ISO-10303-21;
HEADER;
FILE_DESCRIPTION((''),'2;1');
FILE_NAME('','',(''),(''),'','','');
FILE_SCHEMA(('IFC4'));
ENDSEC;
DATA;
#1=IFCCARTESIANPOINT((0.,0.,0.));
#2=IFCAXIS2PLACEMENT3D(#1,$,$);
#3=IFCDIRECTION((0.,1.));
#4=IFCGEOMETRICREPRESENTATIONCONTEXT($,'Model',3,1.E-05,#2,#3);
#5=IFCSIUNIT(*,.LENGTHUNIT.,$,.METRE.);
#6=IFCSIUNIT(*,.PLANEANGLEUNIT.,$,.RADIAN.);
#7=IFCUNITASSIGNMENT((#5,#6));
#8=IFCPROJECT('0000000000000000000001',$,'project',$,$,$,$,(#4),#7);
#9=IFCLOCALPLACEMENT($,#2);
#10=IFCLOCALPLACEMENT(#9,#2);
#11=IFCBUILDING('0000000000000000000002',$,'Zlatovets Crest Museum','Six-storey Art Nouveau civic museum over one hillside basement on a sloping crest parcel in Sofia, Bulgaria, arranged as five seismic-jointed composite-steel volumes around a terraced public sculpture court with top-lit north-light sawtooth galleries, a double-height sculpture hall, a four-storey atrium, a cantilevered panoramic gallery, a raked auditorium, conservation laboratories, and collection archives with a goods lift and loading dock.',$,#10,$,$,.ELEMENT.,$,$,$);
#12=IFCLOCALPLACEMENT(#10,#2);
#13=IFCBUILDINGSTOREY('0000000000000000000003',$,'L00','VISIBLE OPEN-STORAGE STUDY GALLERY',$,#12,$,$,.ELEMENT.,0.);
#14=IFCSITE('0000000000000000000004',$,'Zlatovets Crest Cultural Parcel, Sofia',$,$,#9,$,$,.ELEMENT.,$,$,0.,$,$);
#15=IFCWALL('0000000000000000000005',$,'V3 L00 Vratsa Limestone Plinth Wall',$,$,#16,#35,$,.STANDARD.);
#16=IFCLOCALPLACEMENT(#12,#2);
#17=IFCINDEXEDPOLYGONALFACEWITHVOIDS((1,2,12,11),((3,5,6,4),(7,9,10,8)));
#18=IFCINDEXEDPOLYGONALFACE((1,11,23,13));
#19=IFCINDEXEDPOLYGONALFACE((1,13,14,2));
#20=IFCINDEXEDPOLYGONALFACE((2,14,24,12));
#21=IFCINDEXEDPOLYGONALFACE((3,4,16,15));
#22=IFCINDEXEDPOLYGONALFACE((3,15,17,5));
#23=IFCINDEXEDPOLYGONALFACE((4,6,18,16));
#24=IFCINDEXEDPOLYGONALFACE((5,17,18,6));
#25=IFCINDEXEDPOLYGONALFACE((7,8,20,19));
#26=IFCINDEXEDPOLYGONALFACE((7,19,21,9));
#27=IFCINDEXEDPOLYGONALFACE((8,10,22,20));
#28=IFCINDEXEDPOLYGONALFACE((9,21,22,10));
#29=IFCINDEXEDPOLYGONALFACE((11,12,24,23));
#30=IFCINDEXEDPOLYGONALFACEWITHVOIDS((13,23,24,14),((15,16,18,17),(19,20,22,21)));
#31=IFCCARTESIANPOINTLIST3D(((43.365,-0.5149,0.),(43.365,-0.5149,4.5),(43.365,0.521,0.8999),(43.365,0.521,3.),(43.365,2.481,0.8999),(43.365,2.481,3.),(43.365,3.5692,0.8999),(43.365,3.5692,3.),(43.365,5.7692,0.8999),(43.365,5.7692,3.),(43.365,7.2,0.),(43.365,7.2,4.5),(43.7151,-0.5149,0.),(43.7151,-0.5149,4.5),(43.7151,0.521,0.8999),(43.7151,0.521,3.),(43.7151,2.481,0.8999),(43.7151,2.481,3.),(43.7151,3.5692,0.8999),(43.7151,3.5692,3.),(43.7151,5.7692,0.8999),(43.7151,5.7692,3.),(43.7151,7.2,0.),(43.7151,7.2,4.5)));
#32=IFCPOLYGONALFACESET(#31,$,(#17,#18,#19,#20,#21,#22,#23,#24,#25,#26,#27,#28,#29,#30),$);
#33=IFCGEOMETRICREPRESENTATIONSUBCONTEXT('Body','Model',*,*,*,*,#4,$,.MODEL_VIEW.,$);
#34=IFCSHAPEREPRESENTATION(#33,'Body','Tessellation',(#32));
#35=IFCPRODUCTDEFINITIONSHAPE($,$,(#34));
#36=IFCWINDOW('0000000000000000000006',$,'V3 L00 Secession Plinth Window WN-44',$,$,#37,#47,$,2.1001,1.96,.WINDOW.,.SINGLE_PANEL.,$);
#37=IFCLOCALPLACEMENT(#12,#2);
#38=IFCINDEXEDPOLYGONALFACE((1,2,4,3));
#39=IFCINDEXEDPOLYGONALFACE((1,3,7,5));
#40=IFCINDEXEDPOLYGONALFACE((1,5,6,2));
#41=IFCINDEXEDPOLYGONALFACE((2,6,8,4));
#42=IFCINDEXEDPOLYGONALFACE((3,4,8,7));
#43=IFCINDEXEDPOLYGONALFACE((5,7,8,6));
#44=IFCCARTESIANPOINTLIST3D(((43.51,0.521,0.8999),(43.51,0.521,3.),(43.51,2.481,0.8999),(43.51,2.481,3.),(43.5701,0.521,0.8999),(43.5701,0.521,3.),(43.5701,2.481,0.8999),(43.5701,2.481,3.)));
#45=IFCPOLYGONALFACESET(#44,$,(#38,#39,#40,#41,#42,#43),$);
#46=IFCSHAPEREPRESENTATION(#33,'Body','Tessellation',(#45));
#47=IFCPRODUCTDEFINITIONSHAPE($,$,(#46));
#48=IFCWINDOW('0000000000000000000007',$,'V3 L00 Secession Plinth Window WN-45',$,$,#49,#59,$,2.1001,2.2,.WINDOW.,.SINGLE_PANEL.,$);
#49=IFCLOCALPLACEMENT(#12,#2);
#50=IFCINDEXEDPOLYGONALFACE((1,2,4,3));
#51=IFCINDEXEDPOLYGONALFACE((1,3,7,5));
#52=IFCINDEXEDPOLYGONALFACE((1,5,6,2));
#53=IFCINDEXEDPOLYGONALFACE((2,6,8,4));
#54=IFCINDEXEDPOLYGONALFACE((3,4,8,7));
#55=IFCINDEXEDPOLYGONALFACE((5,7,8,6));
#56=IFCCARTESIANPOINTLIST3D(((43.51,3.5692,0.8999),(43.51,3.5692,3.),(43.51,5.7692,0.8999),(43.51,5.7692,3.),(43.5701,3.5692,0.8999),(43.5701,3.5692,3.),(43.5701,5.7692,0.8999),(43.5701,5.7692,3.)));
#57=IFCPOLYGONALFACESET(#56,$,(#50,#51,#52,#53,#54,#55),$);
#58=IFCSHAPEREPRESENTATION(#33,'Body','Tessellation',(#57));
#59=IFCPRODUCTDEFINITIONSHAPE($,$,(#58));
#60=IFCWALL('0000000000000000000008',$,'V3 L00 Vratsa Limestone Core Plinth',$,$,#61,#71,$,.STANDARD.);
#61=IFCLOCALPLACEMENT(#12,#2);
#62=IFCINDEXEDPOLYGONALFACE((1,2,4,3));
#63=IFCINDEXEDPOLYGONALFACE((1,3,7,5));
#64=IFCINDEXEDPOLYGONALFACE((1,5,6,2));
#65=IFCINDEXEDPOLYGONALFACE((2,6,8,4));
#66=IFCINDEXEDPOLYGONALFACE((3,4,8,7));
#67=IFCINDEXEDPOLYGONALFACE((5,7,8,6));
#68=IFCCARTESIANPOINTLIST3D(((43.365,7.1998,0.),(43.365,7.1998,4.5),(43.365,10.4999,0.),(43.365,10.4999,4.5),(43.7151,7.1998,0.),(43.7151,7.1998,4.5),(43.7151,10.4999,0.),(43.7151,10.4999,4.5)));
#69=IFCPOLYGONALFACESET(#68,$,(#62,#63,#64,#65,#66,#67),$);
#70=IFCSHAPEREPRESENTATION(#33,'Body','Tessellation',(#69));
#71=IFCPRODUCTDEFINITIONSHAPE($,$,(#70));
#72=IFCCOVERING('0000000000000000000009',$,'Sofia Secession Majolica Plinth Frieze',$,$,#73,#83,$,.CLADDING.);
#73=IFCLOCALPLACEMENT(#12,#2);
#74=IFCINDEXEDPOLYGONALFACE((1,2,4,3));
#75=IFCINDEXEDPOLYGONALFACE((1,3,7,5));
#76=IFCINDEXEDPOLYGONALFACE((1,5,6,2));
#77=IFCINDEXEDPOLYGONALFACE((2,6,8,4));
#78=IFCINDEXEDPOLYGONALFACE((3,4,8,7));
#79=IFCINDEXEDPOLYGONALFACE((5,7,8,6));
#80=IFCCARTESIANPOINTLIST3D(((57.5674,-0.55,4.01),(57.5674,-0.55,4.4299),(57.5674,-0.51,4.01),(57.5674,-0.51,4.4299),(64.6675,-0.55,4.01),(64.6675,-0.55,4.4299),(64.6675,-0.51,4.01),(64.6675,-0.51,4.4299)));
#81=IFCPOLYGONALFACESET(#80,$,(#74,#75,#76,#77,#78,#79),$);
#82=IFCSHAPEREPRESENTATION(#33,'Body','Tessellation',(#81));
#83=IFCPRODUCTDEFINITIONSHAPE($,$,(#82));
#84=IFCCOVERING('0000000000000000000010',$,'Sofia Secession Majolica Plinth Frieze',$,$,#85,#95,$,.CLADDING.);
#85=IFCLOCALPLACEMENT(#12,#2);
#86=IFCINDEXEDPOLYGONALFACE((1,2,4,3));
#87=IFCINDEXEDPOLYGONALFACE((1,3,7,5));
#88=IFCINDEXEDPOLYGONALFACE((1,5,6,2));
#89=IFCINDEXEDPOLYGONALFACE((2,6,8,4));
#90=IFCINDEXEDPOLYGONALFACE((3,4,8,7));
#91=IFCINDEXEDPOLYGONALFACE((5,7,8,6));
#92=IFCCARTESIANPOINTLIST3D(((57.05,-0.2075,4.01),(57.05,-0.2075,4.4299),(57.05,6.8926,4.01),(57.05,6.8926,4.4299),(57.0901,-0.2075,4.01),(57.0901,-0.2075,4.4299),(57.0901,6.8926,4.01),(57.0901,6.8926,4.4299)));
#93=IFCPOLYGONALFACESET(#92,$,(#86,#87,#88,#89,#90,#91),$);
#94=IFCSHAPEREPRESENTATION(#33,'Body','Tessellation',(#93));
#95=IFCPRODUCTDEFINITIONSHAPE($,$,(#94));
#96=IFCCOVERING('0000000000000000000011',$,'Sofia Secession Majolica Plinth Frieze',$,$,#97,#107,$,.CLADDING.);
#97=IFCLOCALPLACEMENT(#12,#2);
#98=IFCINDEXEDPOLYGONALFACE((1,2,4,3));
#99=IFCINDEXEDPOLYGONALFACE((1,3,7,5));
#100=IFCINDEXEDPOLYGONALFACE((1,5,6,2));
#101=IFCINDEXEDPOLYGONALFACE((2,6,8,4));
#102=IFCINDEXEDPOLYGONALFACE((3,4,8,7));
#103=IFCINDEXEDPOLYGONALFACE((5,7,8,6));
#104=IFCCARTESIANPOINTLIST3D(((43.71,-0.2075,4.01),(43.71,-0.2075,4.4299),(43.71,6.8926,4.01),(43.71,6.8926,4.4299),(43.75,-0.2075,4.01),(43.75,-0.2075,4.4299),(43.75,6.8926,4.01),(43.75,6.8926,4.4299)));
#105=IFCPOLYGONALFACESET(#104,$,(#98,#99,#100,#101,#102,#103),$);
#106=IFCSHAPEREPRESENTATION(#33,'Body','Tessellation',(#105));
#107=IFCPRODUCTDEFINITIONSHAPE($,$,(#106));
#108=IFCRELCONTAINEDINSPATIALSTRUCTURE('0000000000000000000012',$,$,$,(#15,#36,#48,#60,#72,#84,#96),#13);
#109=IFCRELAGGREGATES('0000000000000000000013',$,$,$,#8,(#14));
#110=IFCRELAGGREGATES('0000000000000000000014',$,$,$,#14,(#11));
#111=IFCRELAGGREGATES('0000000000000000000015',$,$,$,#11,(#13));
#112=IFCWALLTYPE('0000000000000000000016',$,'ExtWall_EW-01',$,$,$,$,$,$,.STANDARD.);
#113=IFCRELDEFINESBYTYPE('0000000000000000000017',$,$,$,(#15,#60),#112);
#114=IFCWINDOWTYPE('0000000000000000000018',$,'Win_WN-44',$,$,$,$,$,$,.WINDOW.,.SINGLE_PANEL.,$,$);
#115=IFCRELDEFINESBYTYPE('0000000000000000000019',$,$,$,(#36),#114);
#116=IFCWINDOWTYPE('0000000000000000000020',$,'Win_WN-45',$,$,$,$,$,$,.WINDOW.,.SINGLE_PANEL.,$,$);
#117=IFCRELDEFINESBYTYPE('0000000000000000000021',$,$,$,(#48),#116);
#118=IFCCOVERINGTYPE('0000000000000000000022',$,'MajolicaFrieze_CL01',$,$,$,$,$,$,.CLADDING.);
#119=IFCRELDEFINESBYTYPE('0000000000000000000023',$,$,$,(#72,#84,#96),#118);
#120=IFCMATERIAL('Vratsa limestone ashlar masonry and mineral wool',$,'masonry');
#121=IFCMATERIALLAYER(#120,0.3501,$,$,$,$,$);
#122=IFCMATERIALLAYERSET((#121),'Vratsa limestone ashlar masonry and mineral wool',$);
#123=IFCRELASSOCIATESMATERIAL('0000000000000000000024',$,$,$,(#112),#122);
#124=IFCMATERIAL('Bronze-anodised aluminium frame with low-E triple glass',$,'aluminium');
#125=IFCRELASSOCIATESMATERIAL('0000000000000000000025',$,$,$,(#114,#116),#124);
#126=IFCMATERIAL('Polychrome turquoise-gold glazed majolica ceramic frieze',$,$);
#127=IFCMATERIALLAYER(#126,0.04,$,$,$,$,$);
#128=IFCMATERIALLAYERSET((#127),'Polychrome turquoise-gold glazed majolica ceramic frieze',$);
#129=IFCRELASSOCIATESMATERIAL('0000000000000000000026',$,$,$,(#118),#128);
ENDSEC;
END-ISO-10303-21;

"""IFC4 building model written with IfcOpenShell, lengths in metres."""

from ifc_helpers import new_model, si_unit, direction, frame, frame_2d, origin, origin_2d, place, context, subcontext, project, spatial, rectangle, extrude, material, layer, layer_set, type_object, element, fill, save


model = new_model("IFC4")

# Units and contexts
model_context = context("Model", 3, precision=1e-05, world=origin(), true_north=direction((0.0, 1.0)))
body_context = subcontext(model_context, "Body", "Model", "MODEL_VIEW")
ifc_project = project(units=[si_unit("LENGTHUNIT", "METRE"), si_unit("PLANEANGLEUNIT", "RADIAN")], contexts=[model_context])

# Site, building, storey
site_placement = place(None, origin())
site = spatial("IfcSite", under=ifc_project, at=site_placement, Name="Zlatovets Crest Cultural Parcel, Sofia", CompositionType="ELEMENT", RefElevation=0.0)
building_placement = place(site_placement, origin())
building = spatial("IfcBuilding", under=site, at=building_placement, Name="Zlatovets Crest Museum", Description="Six-storey Art Nouveau civic museum over one hillside basement on a sloping crest parcel in Sofia, Bulgaria, arranged as five seismic-jointed composite-steel volumes around a terraced public sculpture court with top-lit north-light sawtooth galleries, a double-height sculpture hall, a four-storey atrium, a cantilevered panoramic gallery, a raked auditorium, conservation laboratories, and collection archives with a goods lift and loading dock.", CompositionType="ELEMENT")
storey_placement = place(building_placement, origin())
storey = spatial("IfcBuildingStorey", under=building, at=storey_placement, Name="L00", Description="VISIBLE OPEN-STORAGE STUDY GALLERY", CompositionType="ELEMENT", Elevation=0.0)

# Wall, openings, windows
ifc_material_1 = material(Name="Vratsa limestone ashlar masonry and mineral wool", Category="masonry")
ifc_layer_1 = layer(ifc_material_1, 0.3501)
ifc_layer_set_1 = layer_set([ifc_layer_1], Name="Vratsa limestone ashlar masonry and mineral wool")
wall_type = type_object("IfcWallType", Name="ExtWall_EW-01", PredefinedType="STANDARD", material=ifc_layer_set_1)
ifc_material_2 = material(Name="Bronze-anodised aluminium frame with low-E triple glass", Category="aluminium")
wall_1_placement = place(storey_placement, frame((43.54, -0.5149, 0.0), z_axis=(0.0, 0.0, 1.0), x_axis=(0.0, 1.0, 0.0)))
wall_1 = element("IfcWall", 1, at=wall_1_placement, inside=storey, type_object=wall_type, Name="V3 L00 Vratsa Limestone Plinth Wall", PredefinedType="STANDARD", context=body_context, shape_type="SweptSolid", body=[
    extrude(rectangle(XDim=7.7148, YDim=0.3501, at=frame_2d((3.8574, 0.0))), origin(), (0.0, 0.0, 1.0), 4.5),
])
opening_1_placement = place(wall_1_placement, frame((1.0359, 0.0, 0.8999)))
opening_1 = element("IfcOpeningElement", 2, at=opening_1_placement, cuts=wall_1, PredefinedType="OPENING", context=body_context, shape_type="SweptSolid", body=[
    extrude(rectangle(XDim=1.96, YDim=2.1001, at=frame_2d((0.98, 1.05))), frame((0.0, 0.1851, 0.0), z_axis=(0.0, -1.0, 0.0), x_axis=(1.0, 0.0, 0.0)), (0.0, 0.0, 1.0), 0.3701),
])
opening_2_placement = place(wall_1_placement, frame((4.084, 0.0, 0.8999)))
opening_2 = element("IfcOpeningElement", 3, at=opening_2_placement, cuts=wall_1, PredefinedType="OPENING", context=body_context, shape_type="SweptSolid", body=[
    extrude(rectangle(XDim=2.2, YDim=2.1001, at=frame_2d((1.1001, 1.05))), frame((0.0, 0.1851, 0.0), z_axis=(0.0, -1.0, 0.0), x_axis=(1.0, 0.0, 0.0)), (0.0, 0.0, 1.0), 0.3701),
])
window_type_1 = type_object("IfcWindowType", Name="Win_WN-44", PartitioningType="SINGLE_PANEL", PredefinedType="WINDOW", material=ifc_material_2)
window_1_placement = place(opening_1_placement, origin())
window_1 = element("IfcWindow", 4, at=window_1_placement, inside=storey, type_object=window_type_1, Name="V3 L00 Secession Plinth Window WN-44", OverallHeight=2.1001, OverallWidth=1.96, PartitioningType="SINGLE_PANEL", PredefinedType="WINDOW", context=body_context, shape_type="SweptSolid", body=[
    extrude(rectangle(XDim=1.96, YDim=2.1001, at=frame_2d((0.98, 1.05))), frame((0.0, 0.03, 0.0), z_axis=(0.0, -1.0, 0.0), x_axis=(1.0, 0.0, 0.0)), (0.0, 0.0, 1.0), 0.0601),
])
fill(opening_1, window_1)
window_type_2 = type_object("IfcWindowType", Name="Win_WN-45", PartitioningType="SINGLE_PANEL", PredefinedType="WINDOW", material=ifc_material_2)
window_2_placement = place(opening_2_placement, origin())
window_2 = element("IfcWindow", 5, at=window_2_placement, inside=storey, type_object=window_type_2, Name="V3 L00 Secession Plinth Window WN-45", OverallHeight=2.1001, OverallWidth=2.2, PartitioningType="SINGLE_PANEL", PredefinedType="WINDOW", context=body_context, shape_type="SweptSolid", body=[
    extrude(rectangle(XDim=2.2, YDim=2.1001, at=frame_2d((1.1001, 1.05))), frame((0.0, 0.03, 0.0), z_axis=(0.0, -1.0, 0.0), x_axis=(1.0, 0.0, 0.0)), (0.0, 0.0, 1.0), 0.0601),
])
fill(opening_2, window_2)

# Wall
wall_2_placement = place(storey_placement, frame((43.54, 7.2, 0.0), z_axis=(0.0, 0.0, 1.0), x_axis=(0.0, 1.0, 0.0)))
element("IfcWall", 6, at=wall_2_placement, inside=storey, type_object=wall_type, Name="V3 L00 Vratsa Limestone Core Plinth", PredefinedType="STANDARD", context=body_context, shape_type="SweptSolid", body=[
    extrude(rectangle(XDim=3.3, YDim=0.3501, at=frame_2d((1.6499, 0.0))), origin(), (0.0, 0.0, 1.0), 4.5),
])

# Coverings
ifc_material_3 = material(Name="Polychrome turquoise-gold glazed majolica ceramic frieze")
ifc_layer_2 = layer(ifc_material_3, 0.04)
ifc_layer_set_2 = layer_set([ifc_layer_2], Name="Polychrome turquoise-gold glazed majolica ceramic frieze")
covering_type = type_object("IfcCoveringType", Name="MajolicaFrieze_CL01", PredefinedType="CLADDING", material=ifc_layer_set_2)
for number, where, z_axis, x_axis, name in (
    (7, (61.1174, -0.53, 4.01), (0.0, 0.0, 1.0), (1.0, 0.0, 0.0), "Sofia Secession Majolica Plinth Frieze"),
    (8, (57.0701, 3.3425, 4.01), (0.0, 0.0, 1.0), (0.0, 1.0, 0.0), "Sofia Secession Majolica Plinth Frieze"),
    (9, (43.73, 3.3425, 4.01), (0.0, 0.0, 1.0), (0.0, 1.0, 0.0), "Sofia Secession Majolica Plinth Frieze"),
):
    element("IfcCovering", number, at=place(storey_placement, frame(where, z_axis=z_axis, x_axis=x_axis)), inside=storey, type_object=covering_type, Name=name, PredefinedType="CLADDING", context=body_context, shape_type="SweptSolid", body=[
        extrude(rectangle(XDim=7.1001, YDim=0.04, at=origin_2d()), origin(), (0.0, 0.0, 1.0), 0.4199),
    ])

save(model, "model.ifc")
